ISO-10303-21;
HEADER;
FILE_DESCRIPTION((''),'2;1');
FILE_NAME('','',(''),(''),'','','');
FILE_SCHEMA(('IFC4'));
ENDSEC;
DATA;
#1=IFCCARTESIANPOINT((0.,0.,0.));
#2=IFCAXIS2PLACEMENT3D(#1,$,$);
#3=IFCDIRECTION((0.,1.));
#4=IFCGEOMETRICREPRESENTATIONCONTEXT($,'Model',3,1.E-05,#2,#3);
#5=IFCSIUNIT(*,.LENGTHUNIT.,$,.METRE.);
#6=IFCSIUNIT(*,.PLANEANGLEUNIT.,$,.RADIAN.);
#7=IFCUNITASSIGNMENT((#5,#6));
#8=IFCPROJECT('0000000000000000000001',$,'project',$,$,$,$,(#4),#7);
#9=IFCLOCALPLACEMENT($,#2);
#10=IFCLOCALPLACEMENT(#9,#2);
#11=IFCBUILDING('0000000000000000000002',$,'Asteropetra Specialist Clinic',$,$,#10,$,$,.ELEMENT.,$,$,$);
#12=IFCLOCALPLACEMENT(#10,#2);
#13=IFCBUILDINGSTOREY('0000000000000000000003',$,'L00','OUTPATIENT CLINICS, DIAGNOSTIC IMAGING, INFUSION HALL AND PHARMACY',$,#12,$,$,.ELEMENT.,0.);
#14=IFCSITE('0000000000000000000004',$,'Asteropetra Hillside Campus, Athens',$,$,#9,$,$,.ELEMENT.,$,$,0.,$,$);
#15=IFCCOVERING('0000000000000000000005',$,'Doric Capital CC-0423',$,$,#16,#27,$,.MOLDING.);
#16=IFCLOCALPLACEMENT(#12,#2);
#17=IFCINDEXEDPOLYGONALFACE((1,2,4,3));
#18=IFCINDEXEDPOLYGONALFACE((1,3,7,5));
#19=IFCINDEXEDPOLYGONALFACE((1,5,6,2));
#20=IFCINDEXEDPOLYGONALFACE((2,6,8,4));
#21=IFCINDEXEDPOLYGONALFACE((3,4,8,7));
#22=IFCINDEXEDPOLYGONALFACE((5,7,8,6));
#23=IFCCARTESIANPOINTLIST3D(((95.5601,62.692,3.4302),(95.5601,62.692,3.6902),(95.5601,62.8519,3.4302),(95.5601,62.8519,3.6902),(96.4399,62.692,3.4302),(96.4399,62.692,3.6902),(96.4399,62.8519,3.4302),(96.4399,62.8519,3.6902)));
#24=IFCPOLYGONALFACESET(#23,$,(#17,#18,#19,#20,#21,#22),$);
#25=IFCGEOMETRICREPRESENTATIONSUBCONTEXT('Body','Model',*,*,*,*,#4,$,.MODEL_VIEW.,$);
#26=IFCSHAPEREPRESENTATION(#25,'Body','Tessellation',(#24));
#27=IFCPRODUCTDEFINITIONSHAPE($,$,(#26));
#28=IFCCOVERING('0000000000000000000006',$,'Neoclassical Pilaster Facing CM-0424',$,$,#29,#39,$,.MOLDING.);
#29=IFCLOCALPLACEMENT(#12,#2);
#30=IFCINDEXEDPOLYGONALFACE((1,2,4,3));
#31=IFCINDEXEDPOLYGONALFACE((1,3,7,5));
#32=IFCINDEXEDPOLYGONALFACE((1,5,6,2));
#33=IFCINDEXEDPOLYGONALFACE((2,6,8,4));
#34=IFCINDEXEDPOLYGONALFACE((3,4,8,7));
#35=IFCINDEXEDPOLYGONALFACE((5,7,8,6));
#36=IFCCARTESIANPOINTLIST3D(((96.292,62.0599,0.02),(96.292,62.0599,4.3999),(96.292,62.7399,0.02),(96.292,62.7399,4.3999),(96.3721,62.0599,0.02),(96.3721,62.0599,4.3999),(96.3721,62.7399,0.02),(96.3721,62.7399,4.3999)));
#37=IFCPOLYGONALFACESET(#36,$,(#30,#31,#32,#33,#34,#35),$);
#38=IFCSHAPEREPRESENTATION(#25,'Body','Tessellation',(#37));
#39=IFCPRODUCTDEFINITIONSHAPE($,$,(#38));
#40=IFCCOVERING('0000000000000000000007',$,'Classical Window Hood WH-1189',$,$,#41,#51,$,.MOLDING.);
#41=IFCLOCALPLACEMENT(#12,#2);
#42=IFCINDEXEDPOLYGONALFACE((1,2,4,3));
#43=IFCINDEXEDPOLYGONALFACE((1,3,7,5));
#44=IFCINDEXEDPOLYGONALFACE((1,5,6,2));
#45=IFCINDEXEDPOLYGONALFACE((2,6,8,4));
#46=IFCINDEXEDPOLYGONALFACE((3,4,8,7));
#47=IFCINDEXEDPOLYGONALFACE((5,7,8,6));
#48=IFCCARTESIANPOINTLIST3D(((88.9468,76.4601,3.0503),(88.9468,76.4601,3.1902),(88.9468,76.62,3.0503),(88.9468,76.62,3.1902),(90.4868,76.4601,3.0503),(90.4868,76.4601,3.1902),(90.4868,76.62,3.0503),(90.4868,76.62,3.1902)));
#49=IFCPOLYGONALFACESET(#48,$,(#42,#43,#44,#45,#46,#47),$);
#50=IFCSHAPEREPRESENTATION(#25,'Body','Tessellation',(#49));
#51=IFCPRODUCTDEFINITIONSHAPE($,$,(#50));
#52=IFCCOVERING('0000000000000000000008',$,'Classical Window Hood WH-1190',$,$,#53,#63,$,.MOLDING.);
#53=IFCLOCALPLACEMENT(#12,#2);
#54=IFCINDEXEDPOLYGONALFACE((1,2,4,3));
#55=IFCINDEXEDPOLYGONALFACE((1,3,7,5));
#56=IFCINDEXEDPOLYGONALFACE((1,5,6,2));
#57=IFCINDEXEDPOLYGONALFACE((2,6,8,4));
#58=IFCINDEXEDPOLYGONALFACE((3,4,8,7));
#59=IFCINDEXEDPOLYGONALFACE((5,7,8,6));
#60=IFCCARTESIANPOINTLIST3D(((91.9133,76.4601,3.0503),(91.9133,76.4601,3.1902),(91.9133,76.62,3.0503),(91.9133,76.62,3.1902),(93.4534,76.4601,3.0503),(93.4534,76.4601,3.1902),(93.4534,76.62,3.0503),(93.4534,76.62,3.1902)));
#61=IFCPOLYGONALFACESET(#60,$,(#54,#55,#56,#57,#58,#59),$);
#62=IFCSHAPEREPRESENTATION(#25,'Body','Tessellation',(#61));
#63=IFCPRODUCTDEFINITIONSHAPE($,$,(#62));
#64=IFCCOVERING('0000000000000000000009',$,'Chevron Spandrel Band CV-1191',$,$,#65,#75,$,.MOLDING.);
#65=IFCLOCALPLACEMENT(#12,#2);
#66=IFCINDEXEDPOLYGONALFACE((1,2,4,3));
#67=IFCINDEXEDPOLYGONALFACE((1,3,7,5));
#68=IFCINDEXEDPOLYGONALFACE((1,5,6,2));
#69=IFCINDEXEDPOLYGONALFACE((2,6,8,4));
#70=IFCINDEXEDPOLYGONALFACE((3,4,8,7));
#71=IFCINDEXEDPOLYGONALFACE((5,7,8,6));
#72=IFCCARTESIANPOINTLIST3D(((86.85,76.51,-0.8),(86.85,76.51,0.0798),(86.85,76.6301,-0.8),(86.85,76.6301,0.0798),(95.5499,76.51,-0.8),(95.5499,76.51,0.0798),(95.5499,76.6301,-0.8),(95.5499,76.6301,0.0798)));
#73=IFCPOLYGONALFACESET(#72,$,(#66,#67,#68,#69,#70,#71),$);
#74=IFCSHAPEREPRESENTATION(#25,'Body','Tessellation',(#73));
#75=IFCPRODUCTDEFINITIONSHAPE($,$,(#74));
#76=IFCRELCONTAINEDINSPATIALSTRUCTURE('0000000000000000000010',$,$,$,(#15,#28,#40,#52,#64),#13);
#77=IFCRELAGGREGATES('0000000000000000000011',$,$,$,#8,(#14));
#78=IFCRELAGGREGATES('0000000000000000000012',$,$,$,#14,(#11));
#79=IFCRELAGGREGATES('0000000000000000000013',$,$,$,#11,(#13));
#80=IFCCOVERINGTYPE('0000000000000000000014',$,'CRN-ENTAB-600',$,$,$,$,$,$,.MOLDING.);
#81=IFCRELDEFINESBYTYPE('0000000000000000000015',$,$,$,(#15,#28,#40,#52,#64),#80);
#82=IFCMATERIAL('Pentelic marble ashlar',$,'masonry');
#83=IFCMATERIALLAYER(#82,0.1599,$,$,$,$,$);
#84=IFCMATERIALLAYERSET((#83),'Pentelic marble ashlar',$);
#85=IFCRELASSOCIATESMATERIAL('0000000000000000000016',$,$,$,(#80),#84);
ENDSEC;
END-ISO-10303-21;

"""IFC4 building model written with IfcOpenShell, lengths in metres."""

from ifc_helpers import new_model, si_unit, direction, frame, origin, origin_2d, place, context, subcontext, project, spatial, rectangle, extrude, material, layer, layer_set, type_object, element, save


model = new_model("IFC4")

# Units and contexts
model_context = context("Model", 3, precision=1e-05, world=origin(), true_north=direction((0.0, 1.0)))
body_context = subcontext(model_context, "Body", "Model", "MODEL_VIEW")
ifc_project = project(units=[si_unit("LENGTHUNIT", "METRE"), si_unit("PLANEANGLEUNIT", "RADIAN")], contexts=[model_context])

# Site, building, storey
site_placement = place(None, origin())
site = spatial("IfcSite", under=ifc_project, at=site_placement, Name="Asteropetra Hillside Campus, Athens", CompositionType="ELEMENT", RefElevation=0.0)
building_placement = place(site_placement, origin())
building = spatial("IfcBuilding", under=site, at=building_placement, Name="Asteropetra Specialist Clinic", CompositionType="ELEMENT")
storey_placement = place(building_placement, origin())
storey = spatial("IfcBuildingStorey", under=building, at=storey_placement, Name="L00", Description="OUTPATIENT CLINICS, DIAGNOSTIC IMAGING, INFUSION HALL AND PHARMACY", CompositionType="ELEMENT", Elevation=0.0)

# Coverings
ifc_material_1 = material(Name="Pentelic marble ashlar", Category="masonry")
ifc_layer_1 = layer(ifc_material_1, 0.1599)
ifc_layer_set_1 = layer_set([ifc_layer_1], Name="Pentelic marble ashlar")
covering_type = type_object("IfcCoveringType", Name="CRN-ENTAB-600", PredefinedType="MOLDING", material=ifc_layer_set_1)
for number, where, z_axis, x_axis, name in (
    (1, (96.0, 62.772, 3.4302), (0.0, 0.0, 1.0), (1.0, 0.0, 0.0), "Doric Capital CC-0423"),
):
    element("IfcCovering", number, at=place(storey_placement, frame(where, z_axis=z_axis, x_axis=x_axis)), inside=storey, type_object=covering_type, Name=name, PredefinedType="MOLDING", context=body_context, shape_type="SweptSolid", body=[
        extrude(rectangle(XDim=0.8799, YDim=0.1599, at=origin_2d()), origin(), (0.0, 0.0, 1.0), 0.26),
    ])
covering_1_placement = place(storey_placement, frame((96.332, 62.3999, 0.02), z_axis=(0.0, 0.0, 1.0), x_axis=(1.0, 0.0, 0.0)))
element("IfcCovering", 2, at=covering_1_placement, inside=storey, type_object=covering_type, Name="Neoclassical Pilaster Facing CM-0424", PredefinedType="MOLDING", context=body_context, shape_type="SweptSolid", body=[
    extrude(rectangle(XDim=0.0801, YDim=0.6799, at=origin_2d()), origin(), (0.0, 0.0, 1.0), 4.3799),
])
for number, where, z_axis, x_axis, name in (
    (3, (89.7168, 76.54, 3.0503), (0.0, 0.0, 1.0), (1.0, 0.0, 0.0), "Classical Window Hood WH-1189"),
    (4, (92.6833, 76.54, 3.0503), (0.0, 0.0, 1.0), (1.0, 0.0, 0.0), "Classical Window Hood WH-1190"),
):
    element("IfcCovering", number, at=place(storey_placement, frame(where, z_axis=z_axis, x_axis=x_axis)), inside=storey, type_object=covering_type, Name=name, PredefinedType="MOLDING", context=body_context, shape_type="SweptSolid", body=[
        extrude(rectangle(XDim=1.54, YDim=0.1599, at=origin_2d()), origin(), (0.0, 0.0, 1.0), 0.1399),
    ])
covering_2_placement = place(storey_placement, frame((91.2, 76.5701, -0.8), z_axis=(0.0, 0.0, 1.0), x_axis=(1.0, 0.0, 0.0)))
element("IfcCovering", 5, at=covering_2_placement, inside=storey, type_object=covering_type, Name="Chevron Spandrel Band CV-1191", PredefinedType="MOLDING", context=body_context, shape_type="SweptSolid", body=[
    extrude(rectangle(XDim=8.7, YDim=0.1201, at=origin_2d()), origin(), (0.0, 0.0, 1.0), 0.8799),
])

save(model, "model.ifc")
